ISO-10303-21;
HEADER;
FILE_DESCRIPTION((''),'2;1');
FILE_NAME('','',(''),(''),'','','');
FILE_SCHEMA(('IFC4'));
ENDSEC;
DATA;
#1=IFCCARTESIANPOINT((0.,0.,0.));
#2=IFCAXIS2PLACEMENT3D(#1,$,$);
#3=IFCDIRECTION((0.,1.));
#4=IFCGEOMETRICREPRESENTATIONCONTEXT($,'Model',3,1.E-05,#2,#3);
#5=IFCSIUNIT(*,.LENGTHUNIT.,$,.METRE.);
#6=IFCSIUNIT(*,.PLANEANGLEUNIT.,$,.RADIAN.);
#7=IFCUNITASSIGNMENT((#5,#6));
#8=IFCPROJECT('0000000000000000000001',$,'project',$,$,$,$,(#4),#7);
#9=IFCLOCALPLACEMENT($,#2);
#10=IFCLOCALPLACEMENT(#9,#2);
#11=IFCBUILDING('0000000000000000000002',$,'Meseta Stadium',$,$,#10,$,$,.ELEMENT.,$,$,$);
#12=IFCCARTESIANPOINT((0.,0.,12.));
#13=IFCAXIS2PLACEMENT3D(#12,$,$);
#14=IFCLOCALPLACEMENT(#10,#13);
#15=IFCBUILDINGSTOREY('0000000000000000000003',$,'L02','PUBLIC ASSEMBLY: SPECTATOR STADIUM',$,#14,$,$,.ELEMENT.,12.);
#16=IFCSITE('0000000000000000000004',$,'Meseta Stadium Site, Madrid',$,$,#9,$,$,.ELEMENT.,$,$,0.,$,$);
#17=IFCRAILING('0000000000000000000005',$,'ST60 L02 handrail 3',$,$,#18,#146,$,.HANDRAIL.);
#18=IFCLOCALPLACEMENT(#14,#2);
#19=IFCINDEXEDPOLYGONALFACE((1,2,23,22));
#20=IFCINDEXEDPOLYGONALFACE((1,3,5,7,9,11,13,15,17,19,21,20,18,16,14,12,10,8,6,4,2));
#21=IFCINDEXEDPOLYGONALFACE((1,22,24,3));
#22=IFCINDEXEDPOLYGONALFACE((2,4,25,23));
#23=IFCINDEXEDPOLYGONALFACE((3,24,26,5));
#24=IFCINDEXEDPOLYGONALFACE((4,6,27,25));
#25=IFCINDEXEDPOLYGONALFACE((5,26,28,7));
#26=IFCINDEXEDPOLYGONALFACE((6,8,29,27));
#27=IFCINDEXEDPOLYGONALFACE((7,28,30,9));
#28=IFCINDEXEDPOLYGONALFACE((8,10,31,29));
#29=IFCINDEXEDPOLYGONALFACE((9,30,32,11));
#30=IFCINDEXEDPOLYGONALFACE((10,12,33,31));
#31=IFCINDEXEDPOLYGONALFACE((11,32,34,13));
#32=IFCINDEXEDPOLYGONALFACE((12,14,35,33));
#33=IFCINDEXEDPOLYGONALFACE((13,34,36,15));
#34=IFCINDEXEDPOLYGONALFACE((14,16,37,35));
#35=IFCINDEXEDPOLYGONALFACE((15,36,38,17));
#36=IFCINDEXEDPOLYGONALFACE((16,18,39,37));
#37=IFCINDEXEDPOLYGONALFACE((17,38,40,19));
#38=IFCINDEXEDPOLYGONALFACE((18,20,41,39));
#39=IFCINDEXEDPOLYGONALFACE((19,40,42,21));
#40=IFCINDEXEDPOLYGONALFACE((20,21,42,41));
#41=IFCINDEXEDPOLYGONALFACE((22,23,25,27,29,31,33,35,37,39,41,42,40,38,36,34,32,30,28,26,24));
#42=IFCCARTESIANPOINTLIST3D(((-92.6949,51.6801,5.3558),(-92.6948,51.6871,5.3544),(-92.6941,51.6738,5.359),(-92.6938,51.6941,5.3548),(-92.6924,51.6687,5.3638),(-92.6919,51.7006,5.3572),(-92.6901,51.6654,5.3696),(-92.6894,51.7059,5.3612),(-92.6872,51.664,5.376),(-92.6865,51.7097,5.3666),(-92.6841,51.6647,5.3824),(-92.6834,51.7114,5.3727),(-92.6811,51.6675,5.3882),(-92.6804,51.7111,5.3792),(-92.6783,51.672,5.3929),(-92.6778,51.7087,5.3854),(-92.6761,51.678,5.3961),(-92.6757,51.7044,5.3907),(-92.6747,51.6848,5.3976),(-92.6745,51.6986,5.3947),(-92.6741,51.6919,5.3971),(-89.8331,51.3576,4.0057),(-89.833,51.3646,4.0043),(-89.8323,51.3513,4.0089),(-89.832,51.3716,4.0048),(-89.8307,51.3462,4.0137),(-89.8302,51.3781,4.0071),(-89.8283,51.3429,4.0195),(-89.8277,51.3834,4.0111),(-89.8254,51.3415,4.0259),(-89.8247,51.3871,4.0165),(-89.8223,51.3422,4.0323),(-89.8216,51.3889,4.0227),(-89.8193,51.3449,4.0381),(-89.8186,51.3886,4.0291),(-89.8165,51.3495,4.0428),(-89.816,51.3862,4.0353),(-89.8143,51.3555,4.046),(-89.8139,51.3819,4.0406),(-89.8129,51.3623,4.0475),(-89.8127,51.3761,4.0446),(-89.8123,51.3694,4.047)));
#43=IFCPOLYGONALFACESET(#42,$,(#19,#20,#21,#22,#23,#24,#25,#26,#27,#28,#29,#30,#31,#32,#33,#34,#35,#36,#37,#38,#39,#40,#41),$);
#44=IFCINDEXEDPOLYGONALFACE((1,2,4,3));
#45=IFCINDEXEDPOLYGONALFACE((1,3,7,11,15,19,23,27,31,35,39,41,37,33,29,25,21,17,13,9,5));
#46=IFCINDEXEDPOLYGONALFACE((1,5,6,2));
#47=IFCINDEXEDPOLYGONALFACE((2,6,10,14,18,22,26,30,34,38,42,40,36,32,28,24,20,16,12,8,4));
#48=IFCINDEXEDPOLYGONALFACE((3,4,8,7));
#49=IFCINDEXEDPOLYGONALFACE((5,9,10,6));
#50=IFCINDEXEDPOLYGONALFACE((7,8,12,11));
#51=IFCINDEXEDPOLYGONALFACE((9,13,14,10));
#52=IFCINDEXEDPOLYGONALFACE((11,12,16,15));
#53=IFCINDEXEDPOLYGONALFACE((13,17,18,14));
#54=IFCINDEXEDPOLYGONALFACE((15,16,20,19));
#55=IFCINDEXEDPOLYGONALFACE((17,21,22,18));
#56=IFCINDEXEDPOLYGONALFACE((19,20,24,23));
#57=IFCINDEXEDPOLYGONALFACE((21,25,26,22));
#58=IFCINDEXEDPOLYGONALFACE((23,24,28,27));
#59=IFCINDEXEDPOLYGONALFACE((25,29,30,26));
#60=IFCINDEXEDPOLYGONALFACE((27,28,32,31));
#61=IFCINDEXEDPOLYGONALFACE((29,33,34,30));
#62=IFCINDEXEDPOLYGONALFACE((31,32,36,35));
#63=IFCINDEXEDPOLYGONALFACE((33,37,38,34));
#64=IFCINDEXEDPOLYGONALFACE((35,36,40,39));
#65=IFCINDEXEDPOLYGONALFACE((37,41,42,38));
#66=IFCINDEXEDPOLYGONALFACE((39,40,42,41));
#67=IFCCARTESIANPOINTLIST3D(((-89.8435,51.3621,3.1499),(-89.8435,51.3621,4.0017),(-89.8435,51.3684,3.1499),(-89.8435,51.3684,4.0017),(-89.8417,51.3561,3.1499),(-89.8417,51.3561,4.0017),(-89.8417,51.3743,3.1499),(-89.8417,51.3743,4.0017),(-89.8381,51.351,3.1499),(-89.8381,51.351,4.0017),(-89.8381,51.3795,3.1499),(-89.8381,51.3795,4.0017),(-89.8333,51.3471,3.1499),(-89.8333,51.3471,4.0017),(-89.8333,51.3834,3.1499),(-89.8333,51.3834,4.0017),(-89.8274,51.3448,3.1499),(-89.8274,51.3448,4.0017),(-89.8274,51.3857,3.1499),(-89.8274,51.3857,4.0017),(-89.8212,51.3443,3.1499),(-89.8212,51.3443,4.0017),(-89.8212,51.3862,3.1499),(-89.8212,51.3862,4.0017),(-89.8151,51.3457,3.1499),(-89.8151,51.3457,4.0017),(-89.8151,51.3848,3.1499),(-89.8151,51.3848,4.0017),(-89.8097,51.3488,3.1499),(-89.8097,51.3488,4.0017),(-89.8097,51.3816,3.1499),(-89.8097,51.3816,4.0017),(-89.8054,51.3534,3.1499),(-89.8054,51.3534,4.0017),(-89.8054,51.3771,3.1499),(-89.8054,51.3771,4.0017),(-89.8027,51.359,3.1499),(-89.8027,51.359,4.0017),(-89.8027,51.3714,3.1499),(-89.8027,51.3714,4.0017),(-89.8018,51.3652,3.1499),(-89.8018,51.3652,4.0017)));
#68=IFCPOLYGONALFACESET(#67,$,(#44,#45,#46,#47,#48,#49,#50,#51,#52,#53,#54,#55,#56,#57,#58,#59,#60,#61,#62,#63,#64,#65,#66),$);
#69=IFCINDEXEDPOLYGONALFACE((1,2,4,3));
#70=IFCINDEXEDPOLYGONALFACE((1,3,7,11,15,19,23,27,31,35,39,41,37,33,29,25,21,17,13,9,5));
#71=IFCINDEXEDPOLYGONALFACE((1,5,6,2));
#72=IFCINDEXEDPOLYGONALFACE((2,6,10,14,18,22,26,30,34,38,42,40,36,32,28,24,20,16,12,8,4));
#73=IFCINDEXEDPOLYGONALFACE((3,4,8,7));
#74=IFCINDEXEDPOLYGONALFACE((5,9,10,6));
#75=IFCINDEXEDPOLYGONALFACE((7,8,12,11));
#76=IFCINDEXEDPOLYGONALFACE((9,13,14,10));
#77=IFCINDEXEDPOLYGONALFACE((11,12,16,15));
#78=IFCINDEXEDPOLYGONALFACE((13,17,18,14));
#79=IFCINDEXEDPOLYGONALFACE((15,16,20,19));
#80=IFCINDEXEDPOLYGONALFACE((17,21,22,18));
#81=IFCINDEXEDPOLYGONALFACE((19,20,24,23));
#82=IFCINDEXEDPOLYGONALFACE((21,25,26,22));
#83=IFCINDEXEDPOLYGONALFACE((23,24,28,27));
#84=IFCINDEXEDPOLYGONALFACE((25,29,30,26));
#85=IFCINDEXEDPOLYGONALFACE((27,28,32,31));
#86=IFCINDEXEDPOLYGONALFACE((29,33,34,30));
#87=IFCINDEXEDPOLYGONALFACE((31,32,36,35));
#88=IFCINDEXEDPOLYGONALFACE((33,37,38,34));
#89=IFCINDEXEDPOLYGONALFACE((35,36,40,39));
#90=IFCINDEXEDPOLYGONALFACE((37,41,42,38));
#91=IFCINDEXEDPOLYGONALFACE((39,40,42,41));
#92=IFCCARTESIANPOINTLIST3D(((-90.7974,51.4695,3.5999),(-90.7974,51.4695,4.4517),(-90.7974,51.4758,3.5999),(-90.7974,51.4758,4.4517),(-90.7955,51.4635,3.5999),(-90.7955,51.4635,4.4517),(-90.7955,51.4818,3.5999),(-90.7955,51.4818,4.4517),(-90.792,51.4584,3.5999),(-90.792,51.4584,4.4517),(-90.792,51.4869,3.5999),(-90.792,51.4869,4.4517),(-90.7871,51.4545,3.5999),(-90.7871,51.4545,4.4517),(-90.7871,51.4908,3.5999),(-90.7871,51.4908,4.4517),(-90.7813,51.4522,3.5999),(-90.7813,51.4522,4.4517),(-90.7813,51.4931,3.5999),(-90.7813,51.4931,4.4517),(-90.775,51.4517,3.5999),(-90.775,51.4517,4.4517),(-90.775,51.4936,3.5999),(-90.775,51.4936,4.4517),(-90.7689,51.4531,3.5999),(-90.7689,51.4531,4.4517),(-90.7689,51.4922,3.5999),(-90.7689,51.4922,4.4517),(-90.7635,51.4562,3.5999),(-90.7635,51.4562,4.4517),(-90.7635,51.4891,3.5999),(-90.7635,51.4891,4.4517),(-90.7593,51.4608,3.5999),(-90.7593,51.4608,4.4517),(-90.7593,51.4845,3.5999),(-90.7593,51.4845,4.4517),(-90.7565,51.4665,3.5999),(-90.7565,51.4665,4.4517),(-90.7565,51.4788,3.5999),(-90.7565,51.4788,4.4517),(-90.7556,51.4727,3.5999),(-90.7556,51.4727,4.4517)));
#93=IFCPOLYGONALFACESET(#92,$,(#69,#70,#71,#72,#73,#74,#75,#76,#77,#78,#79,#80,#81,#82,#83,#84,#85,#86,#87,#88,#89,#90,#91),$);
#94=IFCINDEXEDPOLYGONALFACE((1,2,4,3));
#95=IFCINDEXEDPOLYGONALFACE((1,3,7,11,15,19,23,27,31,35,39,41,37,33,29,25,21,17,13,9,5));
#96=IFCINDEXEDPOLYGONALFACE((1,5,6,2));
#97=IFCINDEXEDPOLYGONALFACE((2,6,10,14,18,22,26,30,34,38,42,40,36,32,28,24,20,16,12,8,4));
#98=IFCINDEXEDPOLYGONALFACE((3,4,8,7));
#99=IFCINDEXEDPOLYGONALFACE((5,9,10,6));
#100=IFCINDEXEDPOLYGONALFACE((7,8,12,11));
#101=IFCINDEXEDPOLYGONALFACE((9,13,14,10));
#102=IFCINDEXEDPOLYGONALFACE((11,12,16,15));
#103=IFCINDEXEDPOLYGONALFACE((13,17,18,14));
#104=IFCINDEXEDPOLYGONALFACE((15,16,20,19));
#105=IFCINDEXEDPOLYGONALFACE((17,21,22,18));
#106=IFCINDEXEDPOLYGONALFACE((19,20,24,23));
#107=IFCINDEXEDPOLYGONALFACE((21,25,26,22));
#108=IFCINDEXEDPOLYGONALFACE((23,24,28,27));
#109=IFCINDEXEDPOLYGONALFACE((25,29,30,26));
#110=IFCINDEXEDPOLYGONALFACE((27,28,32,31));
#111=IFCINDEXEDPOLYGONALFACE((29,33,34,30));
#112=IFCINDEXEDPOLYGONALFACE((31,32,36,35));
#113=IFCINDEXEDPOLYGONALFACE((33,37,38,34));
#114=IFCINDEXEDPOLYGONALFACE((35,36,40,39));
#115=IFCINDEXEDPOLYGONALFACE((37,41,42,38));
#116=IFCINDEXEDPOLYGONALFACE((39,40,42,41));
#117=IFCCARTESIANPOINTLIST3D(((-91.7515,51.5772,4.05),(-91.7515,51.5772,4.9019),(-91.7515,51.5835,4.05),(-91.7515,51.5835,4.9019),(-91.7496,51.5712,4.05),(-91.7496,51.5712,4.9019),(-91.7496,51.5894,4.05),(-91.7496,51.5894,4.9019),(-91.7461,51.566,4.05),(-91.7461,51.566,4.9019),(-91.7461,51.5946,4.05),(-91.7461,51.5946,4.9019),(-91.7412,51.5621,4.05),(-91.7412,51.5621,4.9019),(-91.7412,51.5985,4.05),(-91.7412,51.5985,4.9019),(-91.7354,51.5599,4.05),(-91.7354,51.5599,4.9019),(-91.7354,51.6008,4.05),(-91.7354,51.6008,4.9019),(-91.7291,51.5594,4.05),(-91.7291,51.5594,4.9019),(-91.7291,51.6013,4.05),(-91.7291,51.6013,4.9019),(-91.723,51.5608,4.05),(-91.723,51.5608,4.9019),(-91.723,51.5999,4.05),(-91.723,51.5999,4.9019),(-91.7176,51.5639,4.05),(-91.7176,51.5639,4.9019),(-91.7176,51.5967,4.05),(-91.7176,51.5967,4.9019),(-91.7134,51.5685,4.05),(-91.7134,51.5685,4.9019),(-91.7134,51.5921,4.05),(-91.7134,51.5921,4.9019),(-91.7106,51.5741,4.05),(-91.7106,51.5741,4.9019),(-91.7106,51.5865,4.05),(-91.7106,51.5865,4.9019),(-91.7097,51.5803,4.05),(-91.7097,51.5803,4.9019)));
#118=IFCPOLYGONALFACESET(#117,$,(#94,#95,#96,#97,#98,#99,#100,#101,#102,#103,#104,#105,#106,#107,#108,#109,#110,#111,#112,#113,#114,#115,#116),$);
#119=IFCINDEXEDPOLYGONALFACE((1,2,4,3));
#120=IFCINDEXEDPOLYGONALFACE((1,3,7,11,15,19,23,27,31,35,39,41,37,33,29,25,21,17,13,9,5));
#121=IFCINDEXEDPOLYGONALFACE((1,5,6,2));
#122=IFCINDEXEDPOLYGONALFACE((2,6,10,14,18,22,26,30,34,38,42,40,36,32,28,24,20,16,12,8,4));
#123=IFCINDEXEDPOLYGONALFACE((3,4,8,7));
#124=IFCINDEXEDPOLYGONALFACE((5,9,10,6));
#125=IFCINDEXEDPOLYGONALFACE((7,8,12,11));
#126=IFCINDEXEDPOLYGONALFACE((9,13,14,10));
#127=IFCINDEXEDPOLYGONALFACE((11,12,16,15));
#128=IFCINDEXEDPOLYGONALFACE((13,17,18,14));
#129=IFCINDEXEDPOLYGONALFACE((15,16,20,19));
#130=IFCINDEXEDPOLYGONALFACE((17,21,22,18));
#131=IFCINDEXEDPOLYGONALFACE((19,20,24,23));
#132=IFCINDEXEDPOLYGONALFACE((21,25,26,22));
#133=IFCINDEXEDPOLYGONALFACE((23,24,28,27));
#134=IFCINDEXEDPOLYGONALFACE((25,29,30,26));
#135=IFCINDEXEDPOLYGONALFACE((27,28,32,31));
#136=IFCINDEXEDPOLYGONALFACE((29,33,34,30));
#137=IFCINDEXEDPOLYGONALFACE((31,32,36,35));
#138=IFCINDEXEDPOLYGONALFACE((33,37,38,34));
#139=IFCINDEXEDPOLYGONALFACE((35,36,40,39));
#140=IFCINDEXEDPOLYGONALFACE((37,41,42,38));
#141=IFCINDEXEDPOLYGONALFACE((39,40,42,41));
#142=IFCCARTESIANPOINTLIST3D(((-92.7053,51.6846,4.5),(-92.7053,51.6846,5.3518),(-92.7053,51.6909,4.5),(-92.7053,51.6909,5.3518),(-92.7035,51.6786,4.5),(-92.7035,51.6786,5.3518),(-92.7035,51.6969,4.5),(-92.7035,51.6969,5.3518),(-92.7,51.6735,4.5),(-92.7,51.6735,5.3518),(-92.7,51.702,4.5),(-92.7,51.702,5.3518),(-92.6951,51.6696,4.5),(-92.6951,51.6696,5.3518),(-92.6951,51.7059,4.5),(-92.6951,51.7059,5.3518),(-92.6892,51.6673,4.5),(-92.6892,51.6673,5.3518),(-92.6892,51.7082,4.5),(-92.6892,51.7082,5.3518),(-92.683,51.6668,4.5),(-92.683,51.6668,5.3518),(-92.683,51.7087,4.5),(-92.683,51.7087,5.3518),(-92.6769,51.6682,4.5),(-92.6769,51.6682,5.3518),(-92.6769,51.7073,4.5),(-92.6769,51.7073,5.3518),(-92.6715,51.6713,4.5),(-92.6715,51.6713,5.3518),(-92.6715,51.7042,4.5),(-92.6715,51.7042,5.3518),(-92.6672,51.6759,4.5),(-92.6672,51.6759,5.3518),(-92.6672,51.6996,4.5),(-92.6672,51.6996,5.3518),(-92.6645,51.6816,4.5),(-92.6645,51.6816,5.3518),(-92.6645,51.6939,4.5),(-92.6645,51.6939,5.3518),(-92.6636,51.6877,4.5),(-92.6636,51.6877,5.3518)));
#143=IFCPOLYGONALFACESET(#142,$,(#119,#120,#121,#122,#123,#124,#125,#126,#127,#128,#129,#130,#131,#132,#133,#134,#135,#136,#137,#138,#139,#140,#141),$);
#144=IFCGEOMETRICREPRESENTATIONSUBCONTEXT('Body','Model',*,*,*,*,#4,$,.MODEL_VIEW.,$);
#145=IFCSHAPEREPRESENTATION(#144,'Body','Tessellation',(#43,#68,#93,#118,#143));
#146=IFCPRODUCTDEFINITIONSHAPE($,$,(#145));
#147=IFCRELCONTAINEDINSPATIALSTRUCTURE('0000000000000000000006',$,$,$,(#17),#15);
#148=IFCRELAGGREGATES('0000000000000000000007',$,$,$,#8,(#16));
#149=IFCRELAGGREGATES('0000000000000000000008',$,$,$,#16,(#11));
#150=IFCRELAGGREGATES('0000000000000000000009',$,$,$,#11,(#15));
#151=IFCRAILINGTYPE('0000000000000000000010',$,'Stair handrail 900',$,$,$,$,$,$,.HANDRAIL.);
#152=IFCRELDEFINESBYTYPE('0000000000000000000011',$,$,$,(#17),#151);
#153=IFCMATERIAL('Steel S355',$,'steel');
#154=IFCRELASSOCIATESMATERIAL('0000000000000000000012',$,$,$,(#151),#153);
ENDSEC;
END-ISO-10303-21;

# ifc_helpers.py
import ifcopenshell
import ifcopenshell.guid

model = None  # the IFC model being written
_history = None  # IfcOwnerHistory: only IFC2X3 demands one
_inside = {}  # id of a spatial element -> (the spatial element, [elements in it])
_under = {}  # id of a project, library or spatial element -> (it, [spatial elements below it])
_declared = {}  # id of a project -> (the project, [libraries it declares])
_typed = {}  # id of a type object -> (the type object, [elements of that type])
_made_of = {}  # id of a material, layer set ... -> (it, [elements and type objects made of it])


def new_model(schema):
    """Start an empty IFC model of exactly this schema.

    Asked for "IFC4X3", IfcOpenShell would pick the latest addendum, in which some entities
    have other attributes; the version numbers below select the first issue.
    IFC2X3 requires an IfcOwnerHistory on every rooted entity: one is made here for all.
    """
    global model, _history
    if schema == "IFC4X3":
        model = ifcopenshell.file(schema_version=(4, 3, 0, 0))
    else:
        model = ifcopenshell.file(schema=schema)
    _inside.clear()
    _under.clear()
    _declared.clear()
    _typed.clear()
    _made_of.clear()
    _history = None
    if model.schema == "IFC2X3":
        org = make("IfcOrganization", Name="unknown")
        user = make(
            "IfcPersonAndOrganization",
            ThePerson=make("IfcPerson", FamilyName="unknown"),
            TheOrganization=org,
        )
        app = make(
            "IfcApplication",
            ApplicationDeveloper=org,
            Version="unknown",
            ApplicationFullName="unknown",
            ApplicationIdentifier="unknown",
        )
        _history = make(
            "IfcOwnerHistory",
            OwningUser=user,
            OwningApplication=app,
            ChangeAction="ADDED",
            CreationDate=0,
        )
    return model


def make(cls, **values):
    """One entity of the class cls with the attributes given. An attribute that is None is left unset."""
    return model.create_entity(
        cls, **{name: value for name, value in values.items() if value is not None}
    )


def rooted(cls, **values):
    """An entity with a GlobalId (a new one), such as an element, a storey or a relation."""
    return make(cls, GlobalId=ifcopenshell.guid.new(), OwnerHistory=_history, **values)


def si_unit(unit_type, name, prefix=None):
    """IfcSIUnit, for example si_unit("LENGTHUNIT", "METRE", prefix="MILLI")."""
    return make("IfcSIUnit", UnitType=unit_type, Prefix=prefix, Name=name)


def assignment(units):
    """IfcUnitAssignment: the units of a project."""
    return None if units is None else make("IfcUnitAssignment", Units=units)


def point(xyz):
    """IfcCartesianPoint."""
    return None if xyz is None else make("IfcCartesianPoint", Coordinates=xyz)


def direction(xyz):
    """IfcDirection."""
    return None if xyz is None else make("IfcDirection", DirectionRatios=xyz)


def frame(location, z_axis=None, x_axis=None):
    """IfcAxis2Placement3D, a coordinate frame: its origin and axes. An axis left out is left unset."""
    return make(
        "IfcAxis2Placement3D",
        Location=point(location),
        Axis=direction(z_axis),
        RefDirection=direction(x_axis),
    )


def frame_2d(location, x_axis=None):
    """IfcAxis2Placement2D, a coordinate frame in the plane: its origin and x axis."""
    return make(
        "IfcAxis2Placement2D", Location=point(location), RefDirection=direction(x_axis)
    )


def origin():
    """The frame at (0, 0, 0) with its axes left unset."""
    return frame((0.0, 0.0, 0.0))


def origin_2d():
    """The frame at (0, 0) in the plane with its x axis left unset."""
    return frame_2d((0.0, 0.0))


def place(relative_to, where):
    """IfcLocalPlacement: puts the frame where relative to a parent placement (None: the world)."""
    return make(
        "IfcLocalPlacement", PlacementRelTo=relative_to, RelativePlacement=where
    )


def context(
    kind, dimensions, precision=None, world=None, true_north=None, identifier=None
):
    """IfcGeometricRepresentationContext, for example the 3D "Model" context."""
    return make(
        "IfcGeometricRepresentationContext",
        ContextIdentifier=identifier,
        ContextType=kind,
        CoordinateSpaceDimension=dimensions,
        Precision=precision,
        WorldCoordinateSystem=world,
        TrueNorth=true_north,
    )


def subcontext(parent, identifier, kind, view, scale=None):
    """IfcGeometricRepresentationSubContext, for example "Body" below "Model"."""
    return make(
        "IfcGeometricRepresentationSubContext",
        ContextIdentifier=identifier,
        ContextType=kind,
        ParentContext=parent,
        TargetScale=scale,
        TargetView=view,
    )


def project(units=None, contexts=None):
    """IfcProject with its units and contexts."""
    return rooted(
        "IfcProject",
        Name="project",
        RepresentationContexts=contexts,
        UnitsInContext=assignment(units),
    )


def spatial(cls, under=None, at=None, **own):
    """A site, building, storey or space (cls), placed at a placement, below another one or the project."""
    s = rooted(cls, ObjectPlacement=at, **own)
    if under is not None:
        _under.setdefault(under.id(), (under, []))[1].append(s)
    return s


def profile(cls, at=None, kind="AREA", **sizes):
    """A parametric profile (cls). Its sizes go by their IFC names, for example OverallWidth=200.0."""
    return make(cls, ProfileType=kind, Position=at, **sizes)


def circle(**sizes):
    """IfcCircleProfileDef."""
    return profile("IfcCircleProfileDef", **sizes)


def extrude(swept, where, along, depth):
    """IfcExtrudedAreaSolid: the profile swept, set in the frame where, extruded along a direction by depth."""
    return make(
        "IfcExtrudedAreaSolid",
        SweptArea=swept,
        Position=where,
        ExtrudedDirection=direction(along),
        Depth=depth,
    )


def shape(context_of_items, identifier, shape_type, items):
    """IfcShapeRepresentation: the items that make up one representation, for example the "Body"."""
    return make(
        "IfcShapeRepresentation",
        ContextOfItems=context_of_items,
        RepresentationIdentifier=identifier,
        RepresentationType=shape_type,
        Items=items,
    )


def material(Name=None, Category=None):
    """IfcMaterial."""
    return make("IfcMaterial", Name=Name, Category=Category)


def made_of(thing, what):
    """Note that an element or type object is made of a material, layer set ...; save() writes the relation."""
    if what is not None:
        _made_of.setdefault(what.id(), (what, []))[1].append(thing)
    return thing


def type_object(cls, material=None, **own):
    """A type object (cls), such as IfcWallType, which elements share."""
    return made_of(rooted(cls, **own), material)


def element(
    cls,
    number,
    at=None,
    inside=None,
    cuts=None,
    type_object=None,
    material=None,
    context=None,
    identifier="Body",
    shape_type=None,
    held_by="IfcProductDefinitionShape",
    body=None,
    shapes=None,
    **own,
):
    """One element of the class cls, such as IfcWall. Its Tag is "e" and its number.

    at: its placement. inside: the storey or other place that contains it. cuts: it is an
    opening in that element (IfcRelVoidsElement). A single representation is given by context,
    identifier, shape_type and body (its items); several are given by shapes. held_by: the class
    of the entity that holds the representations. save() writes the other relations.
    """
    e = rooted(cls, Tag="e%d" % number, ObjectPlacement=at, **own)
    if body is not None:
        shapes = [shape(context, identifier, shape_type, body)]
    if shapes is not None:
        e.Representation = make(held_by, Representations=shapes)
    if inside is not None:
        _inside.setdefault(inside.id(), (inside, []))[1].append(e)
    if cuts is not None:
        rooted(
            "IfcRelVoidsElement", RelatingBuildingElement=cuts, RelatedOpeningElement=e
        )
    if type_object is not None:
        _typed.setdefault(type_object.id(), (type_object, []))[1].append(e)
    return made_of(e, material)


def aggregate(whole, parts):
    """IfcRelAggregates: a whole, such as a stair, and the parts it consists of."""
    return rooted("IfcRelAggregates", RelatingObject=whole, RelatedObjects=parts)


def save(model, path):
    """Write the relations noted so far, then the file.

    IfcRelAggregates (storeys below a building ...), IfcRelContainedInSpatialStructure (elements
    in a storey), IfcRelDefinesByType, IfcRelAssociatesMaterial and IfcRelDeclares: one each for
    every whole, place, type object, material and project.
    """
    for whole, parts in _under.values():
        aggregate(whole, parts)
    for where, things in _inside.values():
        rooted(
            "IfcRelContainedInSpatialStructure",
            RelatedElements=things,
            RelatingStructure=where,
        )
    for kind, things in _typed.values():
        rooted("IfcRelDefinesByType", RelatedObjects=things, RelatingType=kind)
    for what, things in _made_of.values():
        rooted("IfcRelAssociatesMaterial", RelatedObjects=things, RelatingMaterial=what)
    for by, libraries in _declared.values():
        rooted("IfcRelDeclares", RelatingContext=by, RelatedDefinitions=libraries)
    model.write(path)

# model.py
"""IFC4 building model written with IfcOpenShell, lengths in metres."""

from ifc_helpers import new_model, si_unit, direction, frame, origin, origin_2d, place, context, subcontext, project, spatial, circle, extrude, material, type_object, element, save


model = new_model("IFC4")

# Units and contexts
model_context = context("Model", 3, precision=1e-05, world=origin(), true_north=direction((0.0, 1.0)))
body_context = subcontext(model_context, "Body", "Model", "MODEL_VIEW")
ifc_project = project(units=[si_unit("LENGTHUNIT", "METRE"), si_unit("PLANEANGLEUNIT", "RADIAN")], contexts=[model_context])

# Site, building, storey
site_placement = place(None, origin())
site = spatial("IfcSite", under=ifc_project, at=site_placement, Name="Meseta Stadium Site, Madrid", CompositionType="ELEMENT", RefElevation=0.0)
building_placement = place(site_placement, origin())
building = spatial("IfcBuilding", under=site, at=building_placement, Name="Meseta Stadium", CompositionType="ELEMENT")
storey_placement = place(building_placement, frame((0.0, 0.0, 12.0)))
storey = spatial("IfcBuildingStorey", under=building, at=storey_placement, Name="L02", Description="PUBLIC ASSEMBLY: SPECTATOR STADIUM", CompositionType="ELEMENT", Elevation=12.0)

# Railing
ifc_material_1 = material(Name="Steel S355", Category="steel")
railing_type_1 = type_object("IfcRailingType", Name="Stair handrail 900", PredefinedType="HANDRAIL", material=ifc_material_1)
railing_1_placement = place(storey_placement, frame((-89.8228, 51.3652, 3.1499)))
element("IfcRailing", 1, at=railing_1_placement, inside=storey, type_object=railing_type_1, Name="ST60 L02 handrail 3", PredefinedType="HANDRAIL", context=body_context, shape_type="SweptSolid", body=[
    extrude(circle(Radius=0.0239, at=origin_2d()), frame((0.0, 0.0, 0.876), z_axis=(-0.899748, 0.101396, 0.424467), x_axis=(-0.111985, -0.99371, 0.0)), (0.0, 0.0, 1.0), 3.1807),
    extrude(circle(Radius=0.021, at=origin_2d()), origin(), (0.0, 0.0, 1.0), 0.8518),
    extrude(circle(Radius=0.021, at=origin_2d()), frame((-0.9539, 0.1074, 0.45)), (0.0, 0.0, 1.0), 0.8518),
    extrude(circle(Radius=0.021, at=origin_2d()), frame((-1.908, 0.2151, 0.9001)), (0.0, 0.0, 1.0), 0.8518),
    extrude(circle(Radius=0.021, at=origin_2d()), frame((-2.8618, 0.3225, 1.3501)), (0.0, 0.0, 1.0), 0.8518),
])

save(model, "model.ifc")
